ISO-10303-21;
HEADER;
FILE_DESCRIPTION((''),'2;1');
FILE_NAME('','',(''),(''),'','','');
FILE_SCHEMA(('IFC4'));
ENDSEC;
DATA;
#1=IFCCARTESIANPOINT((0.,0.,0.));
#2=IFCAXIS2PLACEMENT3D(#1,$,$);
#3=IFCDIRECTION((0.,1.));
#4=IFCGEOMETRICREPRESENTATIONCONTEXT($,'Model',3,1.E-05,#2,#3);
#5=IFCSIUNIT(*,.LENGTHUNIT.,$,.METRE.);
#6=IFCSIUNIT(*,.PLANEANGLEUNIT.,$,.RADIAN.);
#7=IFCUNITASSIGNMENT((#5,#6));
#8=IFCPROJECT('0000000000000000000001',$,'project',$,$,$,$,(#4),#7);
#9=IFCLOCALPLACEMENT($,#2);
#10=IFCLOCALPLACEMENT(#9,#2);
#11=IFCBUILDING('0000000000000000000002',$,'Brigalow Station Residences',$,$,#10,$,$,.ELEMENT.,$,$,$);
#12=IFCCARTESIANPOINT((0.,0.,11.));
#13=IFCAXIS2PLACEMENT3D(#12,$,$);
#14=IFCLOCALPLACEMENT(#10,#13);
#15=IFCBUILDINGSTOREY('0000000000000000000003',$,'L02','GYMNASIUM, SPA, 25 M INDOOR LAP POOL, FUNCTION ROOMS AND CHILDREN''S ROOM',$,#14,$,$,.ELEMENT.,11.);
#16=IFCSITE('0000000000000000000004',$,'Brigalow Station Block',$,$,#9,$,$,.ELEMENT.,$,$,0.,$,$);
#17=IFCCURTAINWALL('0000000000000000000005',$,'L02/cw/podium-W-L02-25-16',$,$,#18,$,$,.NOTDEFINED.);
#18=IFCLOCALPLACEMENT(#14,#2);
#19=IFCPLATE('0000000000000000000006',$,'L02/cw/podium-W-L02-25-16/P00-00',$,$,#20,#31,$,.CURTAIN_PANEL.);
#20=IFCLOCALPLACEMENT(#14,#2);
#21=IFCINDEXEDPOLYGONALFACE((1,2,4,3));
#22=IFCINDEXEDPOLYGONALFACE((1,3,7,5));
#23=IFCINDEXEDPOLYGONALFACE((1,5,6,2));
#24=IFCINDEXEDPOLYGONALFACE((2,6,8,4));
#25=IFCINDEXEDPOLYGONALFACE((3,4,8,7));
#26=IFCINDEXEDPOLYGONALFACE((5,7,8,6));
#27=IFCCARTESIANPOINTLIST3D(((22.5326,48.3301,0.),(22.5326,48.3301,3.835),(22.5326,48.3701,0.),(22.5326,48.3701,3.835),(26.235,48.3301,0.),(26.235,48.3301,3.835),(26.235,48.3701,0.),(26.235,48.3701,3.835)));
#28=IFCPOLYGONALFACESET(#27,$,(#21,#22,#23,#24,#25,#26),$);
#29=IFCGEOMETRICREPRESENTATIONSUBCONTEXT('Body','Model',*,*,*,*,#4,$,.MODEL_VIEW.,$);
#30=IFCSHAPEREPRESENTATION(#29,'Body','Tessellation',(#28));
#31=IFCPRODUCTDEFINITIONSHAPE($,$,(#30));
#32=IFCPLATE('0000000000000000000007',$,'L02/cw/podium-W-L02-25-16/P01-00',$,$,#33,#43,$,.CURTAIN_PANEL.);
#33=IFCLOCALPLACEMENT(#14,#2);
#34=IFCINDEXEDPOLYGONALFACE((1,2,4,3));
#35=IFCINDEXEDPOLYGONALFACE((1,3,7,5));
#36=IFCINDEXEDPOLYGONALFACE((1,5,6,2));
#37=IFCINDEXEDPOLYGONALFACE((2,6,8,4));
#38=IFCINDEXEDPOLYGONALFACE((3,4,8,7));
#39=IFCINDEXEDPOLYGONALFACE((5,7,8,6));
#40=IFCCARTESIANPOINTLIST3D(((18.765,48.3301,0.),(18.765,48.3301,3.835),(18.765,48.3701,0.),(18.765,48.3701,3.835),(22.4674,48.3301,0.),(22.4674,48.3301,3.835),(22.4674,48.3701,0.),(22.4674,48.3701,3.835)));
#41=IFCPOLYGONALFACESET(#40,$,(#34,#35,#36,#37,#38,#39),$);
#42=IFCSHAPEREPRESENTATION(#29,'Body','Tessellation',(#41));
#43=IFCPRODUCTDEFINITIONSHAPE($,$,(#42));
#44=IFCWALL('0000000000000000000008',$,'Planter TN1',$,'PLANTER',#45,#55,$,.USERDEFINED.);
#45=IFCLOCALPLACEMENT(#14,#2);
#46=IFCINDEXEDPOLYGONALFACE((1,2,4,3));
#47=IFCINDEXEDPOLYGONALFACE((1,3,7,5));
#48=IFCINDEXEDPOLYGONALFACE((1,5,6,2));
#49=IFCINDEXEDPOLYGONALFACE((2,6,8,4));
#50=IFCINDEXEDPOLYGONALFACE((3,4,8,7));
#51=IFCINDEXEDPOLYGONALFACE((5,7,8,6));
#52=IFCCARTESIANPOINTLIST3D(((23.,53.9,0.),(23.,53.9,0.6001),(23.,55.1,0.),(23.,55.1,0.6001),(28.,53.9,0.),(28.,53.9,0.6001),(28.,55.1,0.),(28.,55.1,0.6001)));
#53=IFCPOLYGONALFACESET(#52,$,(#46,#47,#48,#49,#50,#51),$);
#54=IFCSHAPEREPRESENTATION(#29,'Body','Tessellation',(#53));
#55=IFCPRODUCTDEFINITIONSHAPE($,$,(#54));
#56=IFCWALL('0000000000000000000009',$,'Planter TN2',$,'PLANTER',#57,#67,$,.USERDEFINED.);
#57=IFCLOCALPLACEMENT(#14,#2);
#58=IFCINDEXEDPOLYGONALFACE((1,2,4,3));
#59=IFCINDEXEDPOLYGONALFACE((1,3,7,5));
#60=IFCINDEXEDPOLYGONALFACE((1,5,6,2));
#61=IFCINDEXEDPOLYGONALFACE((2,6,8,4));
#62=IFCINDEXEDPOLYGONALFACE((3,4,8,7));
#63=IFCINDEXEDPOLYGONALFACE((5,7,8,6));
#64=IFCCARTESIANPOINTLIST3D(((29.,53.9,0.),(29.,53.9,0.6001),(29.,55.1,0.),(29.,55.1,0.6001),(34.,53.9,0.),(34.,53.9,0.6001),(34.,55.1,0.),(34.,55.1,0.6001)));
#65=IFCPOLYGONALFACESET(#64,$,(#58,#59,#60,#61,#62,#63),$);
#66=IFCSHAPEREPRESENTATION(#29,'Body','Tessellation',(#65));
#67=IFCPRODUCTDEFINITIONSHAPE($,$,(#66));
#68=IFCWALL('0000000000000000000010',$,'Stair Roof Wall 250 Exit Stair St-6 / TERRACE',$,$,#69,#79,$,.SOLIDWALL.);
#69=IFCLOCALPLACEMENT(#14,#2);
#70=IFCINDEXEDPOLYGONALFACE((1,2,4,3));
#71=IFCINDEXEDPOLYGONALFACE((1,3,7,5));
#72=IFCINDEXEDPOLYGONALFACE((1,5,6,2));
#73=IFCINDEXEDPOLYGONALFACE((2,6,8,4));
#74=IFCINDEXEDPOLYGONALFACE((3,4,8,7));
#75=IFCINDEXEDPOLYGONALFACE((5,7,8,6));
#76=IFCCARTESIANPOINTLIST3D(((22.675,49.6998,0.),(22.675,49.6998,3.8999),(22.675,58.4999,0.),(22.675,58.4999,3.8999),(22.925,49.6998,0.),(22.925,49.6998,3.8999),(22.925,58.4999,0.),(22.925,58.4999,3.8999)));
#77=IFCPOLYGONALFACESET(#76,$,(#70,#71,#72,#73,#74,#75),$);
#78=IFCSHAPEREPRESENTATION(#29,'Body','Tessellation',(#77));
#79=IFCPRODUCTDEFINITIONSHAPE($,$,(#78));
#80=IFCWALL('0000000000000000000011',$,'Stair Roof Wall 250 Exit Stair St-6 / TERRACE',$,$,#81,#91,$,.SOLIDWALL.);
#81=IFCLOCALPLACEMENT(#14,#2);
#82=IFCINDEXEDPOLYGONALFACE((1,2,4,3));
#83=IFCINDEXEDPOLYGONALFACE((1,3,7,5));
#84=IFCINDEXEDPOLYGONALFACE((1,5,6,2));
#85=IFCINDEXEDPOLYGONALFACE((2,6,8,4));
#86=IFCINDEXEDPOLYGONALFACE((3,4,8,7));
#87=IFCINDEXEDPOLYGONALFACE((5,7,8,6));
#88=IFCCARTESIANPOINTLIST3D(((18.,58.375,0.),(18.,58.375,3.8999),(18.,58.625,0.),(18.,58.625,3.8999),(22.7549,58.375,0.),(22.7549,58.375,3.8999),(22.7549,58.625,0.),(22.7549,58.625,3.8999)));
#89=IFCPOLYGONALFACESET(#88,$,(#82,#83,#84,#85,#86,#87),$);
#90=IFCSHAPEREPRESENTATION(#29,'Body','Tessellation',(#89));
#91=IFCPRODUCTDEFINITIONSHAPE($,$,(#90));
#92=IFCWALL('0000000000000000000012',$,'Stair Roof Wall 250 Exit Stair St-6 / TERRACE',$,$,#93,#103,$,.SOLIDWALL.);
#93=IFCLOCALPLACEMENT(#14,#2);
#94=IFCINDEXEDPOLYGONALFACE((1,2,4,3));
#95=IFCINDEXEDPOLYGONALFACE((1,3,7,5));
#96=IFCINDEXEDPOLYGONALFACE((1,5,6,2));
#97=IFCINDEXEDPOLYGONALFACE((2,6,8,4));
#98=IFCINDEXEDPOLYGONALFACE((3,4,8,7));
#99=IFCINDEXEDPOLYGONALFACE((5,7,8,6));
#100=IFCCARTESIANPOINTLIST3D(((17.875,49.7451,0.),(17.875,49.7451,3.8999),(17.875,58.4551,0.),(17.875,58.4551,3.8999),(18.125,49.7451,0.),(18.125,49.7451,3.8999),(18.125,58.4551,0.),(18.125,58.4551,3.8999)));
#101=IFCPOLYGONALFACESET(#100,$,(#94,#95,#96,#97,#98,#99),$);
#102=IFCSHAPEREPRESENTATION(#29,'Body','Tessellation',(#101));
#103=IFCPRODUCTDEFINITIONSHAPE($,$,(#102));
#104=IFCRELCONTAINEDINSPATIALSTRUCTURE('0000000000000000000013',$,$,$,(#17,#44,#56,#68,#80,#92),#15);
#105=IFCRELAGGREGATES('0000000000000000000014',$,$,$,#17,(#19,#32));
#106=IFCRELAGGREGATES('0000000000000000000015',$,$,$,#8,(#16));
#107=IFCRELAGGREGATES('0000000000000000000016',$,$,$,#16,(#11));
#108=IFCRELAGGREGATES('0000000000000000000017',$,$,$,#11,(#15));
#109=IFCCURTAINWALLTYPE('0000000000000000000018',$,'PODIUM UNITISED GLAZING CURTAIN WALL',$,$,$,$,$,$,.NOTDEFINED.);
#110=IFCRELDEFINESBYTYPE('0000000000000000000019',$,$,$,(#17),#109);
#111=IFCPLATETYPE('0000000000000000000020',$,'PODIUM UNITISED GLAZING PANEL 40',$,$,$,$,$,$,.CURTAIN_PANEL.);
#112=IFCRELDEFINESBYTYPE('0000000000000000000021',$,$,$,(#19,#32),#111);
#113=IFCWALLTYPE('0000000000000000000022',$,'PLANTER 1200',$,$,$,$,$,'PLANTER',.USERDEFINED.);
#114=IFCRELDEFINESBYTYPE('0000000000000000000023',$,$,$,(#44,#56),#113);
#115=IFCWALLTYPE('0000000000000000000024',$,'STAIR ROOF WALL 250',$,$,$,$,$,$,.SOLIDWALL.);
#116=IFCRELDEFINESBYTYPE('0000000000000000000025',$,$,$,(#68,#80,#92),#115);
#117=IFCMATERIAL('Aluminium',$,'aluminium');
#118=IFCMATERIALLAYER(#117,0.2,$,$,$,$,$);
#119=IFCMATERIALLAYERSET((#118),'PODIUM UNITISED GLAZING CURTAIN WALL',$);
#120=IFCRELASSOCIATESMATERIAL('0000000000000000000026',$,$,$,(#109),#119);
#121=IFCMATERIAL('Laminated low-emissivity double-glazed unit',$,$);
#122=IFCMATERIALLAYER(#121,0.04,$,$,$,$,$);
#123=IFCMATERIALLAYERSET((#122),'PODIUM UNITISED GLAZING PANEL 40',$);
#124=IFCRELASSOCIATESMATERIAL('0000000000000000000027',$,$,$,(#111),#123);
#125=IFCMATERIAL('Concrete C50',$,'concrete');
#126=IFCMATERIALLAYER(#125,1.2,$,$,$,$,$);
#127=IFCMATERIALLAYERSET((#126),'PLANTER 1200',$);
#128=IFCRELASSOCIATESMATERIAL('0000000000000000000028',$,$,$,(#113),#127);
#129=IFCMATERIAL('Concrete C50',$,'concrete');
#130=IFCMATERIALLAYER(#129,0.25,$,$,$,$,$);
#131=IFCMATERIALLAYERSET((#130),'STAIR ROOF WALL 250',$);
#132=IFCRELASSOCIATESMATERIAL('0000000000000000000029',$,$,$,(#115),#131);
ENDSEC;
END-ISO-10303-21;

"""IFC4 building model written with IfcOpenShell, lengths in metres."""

from ifc_helpers import new_model, si_unit, direction, frame, frame_2d, origin, origin_2d, place, context, subcontext, project, spatial, rectangle, extrude, material, layer, layer_set, type_object, element, aggregate, save


model = new_model("IFC4")

# Units and contexts
model_context = context("Model", 3, precision=1e-05, world=origin(), true_north=direction((0.0, 1.0)))
body_context = subcontext(model_context, "Body", "Model", "MODEL_VIEW")
ifc_project = project(units=[si_unit("LENGTHUNIT", "METRE"), si_unit("PLANEANGLEUNIT", "RADIAN")], contexts=[model_context])

# Site, building, storey
site_placement = place(None, origin())
site = spatial("IfcSite", under=ifc_project, at=site_placement, Name="Brigalow Station Block", CompositionType="ELEMENT", RefElevation=0.0)
building_placement = place(site_placement, origin())
building = spatial("IfcBuilding", under=site, at=building_placement, Name="Brigalow Station Residences", CompositionType="ELEMENT")
storey_placement = place(building_placement, frame((0.0, 0.0, 11.0)))
storey = spatial("IfcBuildingStorey", under=building, at=storey_placement, Name="L02", Description="GYMNASIUM, SPA, 25 M INDOOR LAP POOL, FUNCTION ROOMS AND CHILDREN'S ROOM", CompositionType="ELEMENT", Elevation=11.0)

# Curtain wall
ifc_material_1 = material(Name="Aluminium", Category="aluminium")
ifc_layer_1 = layer(ifc_material_1, 0.2)
ifc_layer_set_1 = layer_set([ifc_layer_1], Name="PODIUM UNITISED GLAZING CURTAIN WALL")
curtain_wall_type = type_object("IfcCurtainWallType", Name="PODIUM UNITISED GLAZING CURTAIN WALL", PredefinedType="NOTDEFINED", material=ifc_layer_set_1)
curtain_wall_1_placement = place(storey_placement, origin())
curtain_wall_1 = element("IfcCurtainWall", 1, at=curtain_wall_1_placement, inside=storey, type_object=curtain_wall_type, Name="L02/cw/podium-W-L02-25-16", PredefinedType="NOTDEFINED")

# Plates
ifc_material_2 = material(Name="Laminated low-emissivity double-glazed unit")
ifc_layer_2 = layer(ifc_material_2, 0.04)
ifc_layer_set_2 = layer_set([ifc_layer_2], Name="PODIUM UNITISED GLAZING PANEL 40")
plate_type = type_object("IfcPlateType", Name="PODIUM UNITISED GLAZING PANEL 40", PredefinedType="CURTAIN_PANEL", material=ifc_layer_set_2)
plate_1_placement = place(storey_placement, frame((24.3838, 48.3501, 0.0), z_axis=(0.0, 0.0, 1.0), x_axis=(-1.0, 0.0, 0.0)))
plate_1 = element("IfcPlate", 2, at=plate_1_placement, type_object=plate_type, Name="L02/cw/podium-W-L02-25-16/P00-00", PredefinedType="CURTAIN_PANEL", context=body_context, shape_type="SweptSolid", body=[
    extrude(rectangle(XDim=3.7024, YDim=0.04, at=origin_2d()), origin(), (0.0, 0.0, 1.0), 3.835),
])
plate_2_placement = place(storey_placement, frame((20.6162, 48.3501, 0.0), z_axis=(0.0, 0.0, 1.0), x_axis=(-1.0, 0.0, 0.0)))
plate_2 = element("IfcPlate", 3, at=plate_2_placement, type_object=plate_type, Name="L02/cw/podium-W-L02-25-16/P01-00", PredefinedType="CURTAIN_PANEL", context=body_context, shape_type="SweptSolid", body=[
    extrude(rectangle(XDim=3.7024, YDim=0.04, at=origin_2d()), origin(), (0.0, 0.0, 1.0), 3.835),
])
aggregate(curtain_wall_1, [plate_1, plate_2])

# Walls
ifc_material_3 = material(Name="Concrete C50", Category="concrete")
ifc_layer_3 = layer(ifc_material_3, 1.2)
ifc_layer_set_3 = layer_set([ifc_layer_3], Name="PLANTER 1200")
wall_type_1 = type_object("IfcWallType", Name="PLANTER 1200", ElementType="PLANTER", PredefinedType="USERDEFINED", material=ifc_layer_set_3)
for number, where, z_axis, x_axis, name in (
    (4, (23.0, 54.5, 0.0), (0.0, 0.0, 1.0), (1.0, 0.0, 0.0), "Planter TN1"),
    (5, (29.0, 54.5, 0.0), (0.0, 0.0, 1.0), (1.0, 0.0, 0.0), "Planter TN2"),
):
    element("IfcWall", number, at=place(storey_placement, frame(where, z_axis=z_axis, x_axis=x_axis)), inside=storey, type_object=wall_type_1, Name=name, ObjectType="PLANTER", PredefinedType="USERDEFINED", context=body_context, shape_type="SweptSolid", body=[
        extrude(rectangle(XDim=5.0, YDim=1.2, at=frame_2d((2.5, 0.0))), origin(), (0.0, 0.0, 1.0), 0.6001),
    ])
ifc_material_4 = material(Name="Concrete C50", Category="concrete")
ifc_layer_4 = layer(ifc_material_4, 0.25)
ifc_layer_set_4 = layer_set([ifc_layer_4], Name="STAIR ROOF WALL 250")
wall_type_2 = type_object("IfcWallType", Name="STAIR ROOF WALL 250", PredefinedType="SOLIDWALL", material=ifc_layer_set_4)
wall_1_placement = place(storey_placement, frame((22.8, 49.7, 0.0), z_axis=(0.0, 0.0, 1.0), x_axis=(0.0, 1.0, 0.0)))
element("IfcWall", 6, at=wall_1_placement, inside=storey, type_object=wall_type_2, Name="Stair Roof Wall 250 Exit Stair St-6 / TERRACE", PredefinedType="SOLIDWALL", context=body_context, shape_type="SweptSolid", body=[
    extrude(rectangle(XDim=8.8, YDim=0.25, at=frame_2d((4.3999, 0.0))), origin(), (0.0, 0.0, 1.0), 3.8999),
])
wall_2_placement = place(storey_placement, frame((18.0, 58.5, 0.0), z_axis=(0.0, 0.0, 1.0), x_axis=(1.0, 0.0, 0.0)))
element("IfcWall", 7, at=wall_2_placement, inside=storey, type_object=wall_type_2, Name="Stair Roof Wall 250 Exit Stair St-6 / TERRACE", PredefinedType="SOLIDWALL", context=body_context, shape_type="SweptSolid", body=[
    extrude(rectangle(XDim=4.7549, YDim=0.25, at=frame_2d((2.3774, 0.0))), origin(), (0.0, 0.0, 1.0), 3.8999),
])

# Wall
wall_3_placement = place(storey_placement, frame((18.0, 49.7451, 0.0), z_axis=(0.0, 0.0, 1.0), x_axis=(0.0, 1.0, 0.0)))
element("IfcWall", 8, at=wall_3_placement, inside=storey, type_object=wall_type_2, Name="Stair Roof Wall 250 Exit Stair St-6 / TERRACE", PredefinedType="SOLIDWALL", context=body_context, shape_type="SweptSolid", body=[
    extrude(rectangle(XDim=8.71, YDim=0.25, at=frame_2d((4.355, 0.0))), origin(), (0.0, 0.0, 1.0), 3.8999),
])

save(model, "model.ifc")
